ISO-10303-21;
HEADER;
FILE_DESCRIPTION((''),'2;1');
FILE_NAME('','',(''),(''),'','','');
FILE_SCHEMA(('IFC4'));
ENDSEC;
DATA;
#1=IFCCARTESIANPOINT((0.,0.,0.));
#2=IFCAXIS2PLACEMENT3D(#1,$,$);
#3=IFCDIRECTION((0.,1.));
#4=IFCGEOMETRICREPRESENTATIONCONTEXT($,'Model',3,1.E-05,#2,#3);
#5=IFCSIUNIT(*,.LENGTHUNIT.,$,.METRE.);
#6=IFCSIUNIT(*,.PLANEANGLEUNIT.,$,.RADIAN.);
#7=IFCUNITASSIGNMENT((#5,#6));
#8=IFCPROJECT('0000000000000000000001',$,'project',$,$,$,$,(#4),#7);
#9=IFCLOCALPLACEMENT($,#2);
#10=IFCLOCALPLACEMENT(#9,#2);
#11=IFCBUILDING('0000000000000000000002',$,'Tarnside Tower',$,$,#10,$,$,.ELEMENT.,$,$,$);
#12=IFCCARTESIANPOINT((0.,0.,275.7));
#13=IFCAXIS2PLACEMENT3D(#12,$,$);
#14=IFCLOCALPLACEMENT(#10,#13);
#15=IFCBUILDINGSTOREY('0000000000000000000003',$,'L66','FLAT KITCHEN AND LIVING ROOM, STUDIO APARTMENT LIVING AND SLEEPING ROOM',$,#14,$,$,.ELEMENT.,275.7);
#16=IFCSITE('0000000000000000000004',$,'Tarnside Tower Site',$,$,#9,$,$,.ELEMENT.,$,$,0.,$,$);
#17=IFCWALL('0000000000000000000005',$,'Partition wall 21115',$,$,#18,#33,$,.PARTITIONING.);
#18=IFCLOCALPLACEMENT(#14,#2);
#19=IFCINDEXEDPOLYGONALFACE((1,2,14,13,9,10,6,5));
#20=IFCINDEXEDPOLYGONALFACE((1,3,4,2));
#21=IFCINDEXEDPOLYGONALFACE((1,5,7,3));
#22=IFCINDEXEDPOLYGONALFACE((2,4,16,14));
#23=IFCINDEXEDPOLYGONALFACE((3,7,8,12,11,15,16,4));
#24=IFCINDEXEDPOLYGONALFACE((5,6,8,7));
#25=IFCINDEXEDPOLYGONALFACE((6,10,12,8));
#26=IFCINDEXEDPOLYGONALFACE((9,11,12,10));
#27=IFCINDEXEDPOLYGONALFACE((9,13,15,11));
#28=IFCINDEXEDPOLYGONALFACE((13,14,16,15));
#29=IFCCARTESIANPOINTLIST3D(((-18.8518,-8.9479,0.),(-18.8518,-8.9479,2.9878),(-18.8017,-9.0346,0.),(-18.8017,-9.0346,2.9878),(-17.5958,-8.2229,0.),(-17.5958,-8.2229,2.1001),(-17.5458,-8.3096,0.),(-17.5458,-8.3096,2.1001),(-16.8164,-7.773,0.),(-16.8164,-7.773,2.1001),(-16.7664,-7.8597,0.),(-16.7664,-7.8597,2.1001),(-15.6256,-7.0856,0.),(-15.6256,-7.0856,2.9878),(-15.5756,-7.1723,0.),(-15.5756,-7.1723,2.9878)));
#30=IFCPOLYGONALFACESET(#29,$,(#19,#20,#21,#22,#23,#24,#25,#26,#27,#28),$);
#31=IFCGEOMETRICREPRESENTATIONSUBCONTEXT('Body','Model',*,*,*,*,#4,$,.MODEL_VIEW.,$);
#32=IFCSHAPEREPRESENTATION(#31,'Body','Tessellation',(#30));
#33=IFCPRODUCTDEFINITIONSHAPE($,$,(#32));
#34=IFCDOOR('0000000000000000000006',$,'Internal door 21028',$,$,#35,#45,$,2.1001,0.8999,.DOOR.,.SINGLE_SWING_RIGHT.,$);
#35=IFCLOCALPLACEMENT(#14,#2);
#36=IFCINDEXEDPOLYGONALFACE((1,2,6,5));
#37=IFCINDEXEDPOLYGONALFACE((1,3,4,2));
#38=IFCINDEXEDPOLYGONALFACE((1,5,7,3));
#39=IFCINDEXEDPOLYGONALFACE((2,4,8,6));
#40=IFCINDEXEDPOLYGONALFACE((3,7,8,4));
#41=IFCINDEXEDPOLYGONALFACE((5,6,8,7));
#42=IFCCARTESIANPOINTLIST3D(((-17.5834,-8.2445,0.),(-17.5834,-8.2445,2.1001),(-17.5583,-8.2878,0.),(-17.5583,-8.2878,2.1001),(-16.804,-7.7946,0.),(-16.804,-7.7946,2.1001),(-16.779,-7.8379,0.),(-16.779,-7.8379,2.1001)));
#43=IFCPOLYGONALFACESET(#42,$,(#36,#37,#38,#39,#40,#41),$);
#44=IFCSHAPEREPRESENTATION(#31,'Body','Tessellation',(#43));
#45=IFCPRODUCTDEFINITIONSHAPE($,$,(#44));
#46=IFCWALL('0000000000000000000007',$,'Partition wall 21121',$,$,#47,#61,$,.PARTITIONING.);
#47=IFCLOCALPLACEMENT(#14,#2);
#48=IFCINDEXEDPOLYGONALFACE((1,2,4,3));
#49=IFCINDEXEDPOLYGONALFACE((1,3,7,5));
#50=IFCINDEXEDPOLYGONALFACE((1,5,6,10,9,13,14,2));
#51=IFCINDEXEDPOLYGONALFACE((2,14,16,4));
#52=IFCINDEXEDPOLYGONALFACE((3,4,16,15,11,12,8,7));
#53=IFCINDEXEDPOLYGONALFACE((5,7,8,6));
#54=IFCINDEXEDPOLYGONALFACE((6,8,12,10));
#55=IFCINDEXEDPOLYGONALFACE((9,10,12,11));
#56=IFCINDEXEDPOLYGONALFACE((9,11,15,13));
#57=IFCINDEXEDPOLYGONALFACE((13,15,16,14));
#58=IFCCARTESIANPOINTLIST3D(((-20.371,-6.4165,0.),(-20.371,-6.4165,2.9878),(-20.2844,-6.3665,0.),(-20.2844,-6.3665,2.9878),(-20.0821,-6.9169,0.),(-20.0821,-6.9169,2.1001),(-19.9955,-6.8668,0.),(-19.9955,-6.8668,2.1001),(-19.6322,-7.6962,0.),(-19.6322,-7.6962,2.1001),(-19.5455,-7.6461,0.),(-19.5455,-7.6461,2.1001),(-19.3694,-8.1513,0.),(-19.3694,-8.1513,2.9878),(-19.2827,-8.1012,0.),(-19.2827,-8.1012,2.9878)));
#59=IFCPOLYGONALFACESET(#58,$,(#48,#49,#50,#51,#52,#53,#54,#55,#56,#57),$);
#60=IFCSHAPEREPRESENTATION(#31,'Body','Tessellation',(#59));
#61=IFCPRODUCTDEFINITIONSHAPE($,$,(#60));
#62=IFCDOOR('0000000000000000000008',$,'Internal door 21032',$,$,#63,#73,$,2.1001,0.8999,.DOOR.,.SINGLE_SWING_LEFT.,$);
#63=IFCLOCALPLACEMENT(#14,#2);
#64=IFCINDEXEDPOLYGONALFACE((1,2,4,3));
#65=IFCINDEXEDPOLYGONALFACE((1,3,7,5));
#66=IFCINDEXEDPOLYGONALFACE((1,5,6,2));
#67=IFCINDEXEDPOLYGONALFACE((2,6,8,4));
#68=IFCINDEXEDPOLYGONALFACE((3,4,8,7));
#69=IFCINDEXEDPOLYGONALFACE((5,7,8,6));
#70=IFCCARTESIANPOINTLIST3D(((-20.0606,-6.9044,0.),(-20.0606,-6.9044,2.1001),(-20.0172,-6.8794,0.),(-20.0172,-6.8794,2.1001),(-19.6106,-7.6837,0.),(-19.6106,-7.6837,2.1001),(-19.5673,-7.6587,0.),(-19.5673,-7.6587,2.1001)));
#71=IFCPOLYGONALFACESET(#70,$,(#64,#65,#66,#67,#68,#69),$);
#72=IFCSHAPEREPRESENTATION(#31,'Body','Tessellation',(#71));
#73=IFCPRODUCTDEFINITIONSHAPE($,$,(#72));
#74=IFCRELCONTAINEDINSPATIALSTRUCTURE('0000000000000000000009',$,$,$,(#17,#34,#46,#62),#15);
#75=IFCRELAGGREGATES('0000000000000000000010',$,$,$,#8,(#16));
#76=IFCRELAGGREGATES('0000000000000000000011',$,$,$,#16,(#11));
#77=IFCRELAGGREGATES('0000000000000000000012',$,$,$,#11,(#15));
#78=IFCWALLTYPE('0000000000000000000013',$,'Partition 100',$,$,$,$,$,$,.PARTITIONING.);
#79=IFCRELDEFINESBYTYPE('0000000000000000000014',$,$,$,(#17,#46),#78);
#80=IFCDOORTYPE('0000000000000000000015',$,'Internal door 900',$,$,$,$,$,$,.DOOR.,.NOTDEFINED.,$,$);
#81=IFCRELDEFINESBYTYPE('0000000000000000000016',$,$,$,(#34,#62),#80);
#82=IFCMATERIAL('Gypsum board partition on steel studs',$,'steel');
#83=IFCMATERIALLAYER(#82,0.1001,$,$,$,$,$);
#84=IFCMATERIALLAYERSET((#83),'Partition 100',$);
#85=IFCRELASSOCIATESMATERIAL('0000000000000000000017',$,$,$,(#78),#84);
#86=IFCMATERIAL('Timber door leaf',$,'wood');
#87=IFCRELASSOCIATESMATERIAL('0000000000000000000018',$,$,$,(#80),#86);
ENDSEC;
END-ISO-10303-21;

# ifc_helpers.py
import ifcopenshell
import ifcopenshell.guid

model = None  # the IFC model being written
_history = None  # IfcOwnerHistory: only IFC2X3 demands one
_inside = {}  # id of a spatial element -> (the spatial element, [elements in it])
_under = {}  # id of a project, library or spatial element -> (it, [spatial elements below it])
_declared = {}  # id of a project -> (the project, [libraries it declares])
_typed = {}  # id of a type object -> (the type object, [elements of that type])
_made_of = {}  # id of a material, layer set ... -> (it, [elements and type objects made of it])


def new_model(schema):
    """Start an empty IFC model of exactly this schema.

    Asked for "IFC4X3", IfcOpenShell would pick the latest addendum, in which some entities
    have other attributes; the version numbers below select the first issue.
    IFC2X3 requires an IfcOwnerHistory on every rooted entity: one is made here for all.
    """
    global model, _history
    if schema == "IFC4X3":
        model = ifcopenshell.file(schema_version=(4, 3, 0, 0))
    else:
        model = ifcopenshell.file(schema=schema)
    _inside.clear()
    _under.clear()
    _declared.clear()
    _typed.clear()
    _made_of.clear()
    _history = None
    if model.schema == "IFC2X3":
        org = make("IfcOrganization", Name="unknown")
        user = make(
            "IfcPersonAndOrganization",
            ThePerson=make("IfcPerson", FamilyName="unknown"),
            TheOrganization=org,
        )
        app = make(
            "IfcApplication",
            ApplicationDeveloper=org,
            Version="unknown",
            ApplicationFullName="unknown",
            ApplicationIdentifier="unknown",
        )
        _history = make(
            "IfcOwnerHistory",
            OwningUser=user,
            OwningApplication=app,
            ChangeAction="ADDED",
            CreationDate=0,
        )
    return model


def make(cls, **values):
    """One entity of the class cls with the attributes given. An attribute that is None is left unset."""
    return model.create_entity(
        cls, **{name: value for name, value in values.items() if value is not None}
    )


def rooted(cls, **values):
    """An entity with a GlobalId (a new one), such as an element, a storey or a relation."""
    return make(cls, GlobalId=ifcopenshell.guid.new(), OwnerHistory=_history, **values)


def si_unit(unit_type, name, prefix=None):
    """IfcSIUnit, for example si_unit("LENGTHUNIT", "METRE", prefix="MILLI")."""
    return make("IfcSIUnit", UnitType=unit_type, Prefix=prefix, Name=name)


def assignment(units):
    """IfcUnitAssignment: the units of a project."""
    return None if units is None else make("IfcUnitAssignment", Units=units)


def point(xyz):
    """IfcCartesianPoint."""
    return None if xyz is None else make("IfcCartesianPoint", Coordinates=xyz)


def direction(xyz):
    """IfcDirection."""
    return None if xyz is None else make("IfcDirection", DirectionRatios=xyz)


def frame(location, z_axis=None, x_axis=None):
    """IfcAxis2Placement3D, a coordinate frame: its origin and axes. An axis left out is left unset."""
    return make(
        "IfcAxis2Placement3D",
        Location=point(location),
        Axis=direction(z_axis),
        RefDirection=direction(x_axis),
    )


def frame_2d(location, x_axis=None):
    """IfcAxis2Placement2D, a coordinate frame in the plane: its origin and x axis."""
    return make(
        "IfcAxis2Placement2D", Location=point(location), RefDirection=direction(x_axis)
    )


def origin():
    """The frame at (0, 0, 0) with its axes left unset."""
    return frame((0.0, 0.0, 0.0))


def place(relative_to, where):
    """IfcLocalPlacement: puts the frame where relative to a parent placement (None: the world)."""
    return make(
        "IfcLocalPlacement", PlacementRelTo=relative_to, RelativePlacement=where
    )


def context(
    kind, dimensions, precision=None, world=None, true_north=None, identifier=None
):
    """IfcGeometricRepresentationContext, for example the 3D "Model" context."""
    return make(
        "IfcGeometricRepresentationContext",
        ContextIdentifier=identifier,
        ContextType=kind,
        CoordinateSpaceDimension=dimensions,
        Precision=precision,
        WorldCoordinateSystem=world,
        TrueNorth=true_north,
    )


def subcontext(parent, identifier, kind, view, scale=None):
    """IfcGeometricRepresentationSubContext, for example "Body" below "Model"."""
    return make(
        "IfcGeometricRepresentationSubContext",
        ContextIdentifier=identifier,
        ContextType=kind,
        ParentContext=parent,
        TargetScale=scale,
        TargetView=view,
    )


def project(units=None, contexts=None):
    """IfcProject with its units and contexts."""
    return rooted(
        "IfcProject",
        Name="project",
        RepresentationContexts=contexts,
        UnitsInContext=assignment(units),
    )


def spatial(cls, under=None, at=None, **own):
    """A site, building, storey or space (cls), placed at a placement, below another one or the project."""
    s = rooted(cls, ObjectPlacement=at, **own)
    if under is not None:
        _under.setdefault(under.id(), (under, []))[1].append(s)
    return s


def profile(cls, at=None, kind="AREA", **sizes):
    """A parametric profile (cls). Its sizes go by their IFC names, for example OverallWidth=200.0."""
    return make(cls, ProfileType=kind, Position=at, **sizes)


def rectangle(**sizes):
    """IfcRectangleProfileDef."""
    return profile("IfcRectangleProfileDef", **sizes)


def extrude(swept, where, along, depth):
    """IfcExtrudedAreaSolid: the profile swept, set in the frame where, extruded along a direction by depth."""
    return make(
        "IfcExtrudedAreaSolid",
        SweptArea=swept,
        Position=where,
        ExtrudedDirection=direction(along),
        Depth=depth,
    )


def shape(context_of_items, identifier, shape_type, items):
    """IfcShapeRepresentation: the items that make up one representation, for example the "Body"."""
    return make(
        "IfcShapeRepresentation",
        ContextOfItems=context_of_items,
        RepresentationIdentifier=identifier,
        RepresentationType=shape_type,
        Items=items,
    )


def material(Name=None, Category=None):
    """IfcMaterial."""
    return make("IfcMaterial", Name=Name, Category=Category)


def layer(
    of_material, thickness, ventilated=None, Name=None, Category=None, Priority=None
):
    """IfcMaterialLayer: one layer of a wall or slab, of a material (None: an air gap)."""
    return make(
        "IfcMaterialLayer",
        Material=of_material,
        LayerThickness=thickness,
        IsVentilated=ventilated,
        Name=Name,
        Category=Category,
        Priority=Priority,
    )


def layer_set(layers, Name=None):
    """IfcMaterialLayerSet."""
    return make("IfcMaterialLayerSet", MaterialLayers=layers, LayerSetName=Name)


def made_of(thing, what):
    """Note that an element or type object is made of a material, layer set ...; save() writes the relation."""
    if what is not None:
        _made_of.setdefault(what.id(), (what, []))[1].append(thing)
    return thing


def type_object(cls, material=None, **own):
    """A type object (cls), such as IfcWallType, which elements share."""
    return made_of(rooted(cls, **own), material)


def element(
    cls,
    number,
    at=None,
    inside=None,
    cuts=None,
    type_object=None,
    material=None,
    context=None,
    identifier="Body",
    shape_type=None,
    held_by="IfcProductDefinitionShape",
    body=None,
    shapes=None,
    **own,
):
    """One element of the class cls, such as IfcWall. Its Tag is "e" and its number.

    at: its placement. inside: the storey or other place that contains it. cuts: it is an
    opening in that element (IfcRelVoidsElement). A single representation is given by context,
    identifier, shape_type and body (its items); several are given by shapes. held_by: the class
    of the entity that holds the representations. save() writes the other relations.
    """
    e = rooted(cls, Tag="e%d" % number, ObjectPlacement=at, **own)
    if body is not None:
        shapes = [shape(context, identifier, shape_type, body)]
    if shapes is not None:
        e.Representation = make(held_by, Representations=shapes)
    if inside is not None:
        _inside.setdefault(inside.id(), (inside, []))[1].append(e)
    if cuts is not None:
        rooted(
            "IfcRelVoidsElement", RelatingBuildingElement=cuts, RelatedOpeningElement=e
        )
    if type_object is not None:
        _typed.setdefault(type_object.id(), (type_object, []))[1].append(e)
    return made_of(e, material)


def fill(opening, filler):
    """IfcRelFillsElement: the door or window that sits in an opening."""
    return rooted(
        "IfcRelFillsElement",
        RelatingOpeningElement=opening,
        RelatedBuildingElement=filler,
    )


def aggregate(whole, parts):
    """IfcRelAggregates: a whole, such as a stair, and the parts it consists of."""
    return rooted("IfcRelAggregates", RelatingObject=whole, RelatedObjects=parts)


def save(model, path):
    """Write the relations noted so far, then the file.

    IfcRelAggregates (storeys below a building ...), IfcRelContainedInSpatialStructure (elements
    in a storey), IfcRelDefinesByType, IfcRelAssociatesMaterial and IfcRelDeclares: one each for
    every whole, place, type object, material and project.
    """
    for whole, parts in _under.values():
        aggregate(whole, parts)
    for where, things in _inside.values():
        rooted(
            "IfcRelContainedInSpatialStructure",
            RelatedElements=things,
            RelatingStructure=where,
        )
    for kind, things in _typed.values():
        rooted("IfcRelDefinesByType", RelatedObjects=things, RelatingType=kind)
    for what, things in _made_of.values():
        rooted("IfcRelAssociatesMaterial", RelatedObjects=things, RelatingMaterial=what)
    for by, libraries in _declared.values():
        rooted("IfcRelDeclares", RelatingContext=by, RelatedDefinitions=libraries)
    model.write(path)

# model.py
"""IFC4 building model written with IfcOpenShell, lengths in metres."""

from ifc_helpers import new_model, si_unit, direction, frame, frame_2d, origin, place, context, subcontext, project, spatial, rectangle, extrude, material, layer, layer_set, type_object, element, fill, save


model = new_model("IFC4")

# Units and contexts
model_context = context("Model", 3, precision=1e-05, world=origin(), true_north=direction((0.0, 1.0)))
body_context = subcontext(model_context, "Body", "Model", "MODEL_VIEW")
ifc_project = project(units=[si_unit("LENGTHUNIT", "METRE"), si_unit("PLANEANGLEUNIT", "RADIAN")], contexts=[model_context])

# Site, building, storey
site_placement = place(None, origin())
site = spatial("IfcSite", under=ifc_project, at=site_placement, Name="Tarnside Tower Site", CompositionType="ELEMENT", RefElevation=0.0)
building_placement = place(site_placement, origin())
building = spatial("IfcBuilding", under=site, at=building_placement, Name="Tarnside Tower", CompositionType="ELEMENT")
storey_placement = place(building_placement, frame((0.0, 0.0, 275.7)))
storey = spatial("IfcBuildingStorey", under=building, at=storey_placement, Name="L66", Description="FLAT KITCHEN AND LIVING ROOM, STUDIO APARTMENT LIVING AND SLEEPING ROOM", CompositionType="ELEMENT", Elevation=275.7)

# Shared definitions
ifc_material_1 = material(Name="Gypsum board partition on steel studs", Category="steel")
ifc_material_2 = material(Name="Timber door leaf", Category="wood")

# Walls, openings, doors
ifc_layer_1 = layer(ifc_material_1, 0.1001)
ifc_layer_set_1 = layer_set([ifc_layer_1], Name="Partition 100")
wall_type_1 = type_object("IfcWallType", Name="Partition 100", PredefinedType="PARTITIONING", material=ifc_layer_set_1)
wall_1_placement = place(storey_placement, frame((-15.6006, -7.1289, 0.0), z_axis=(0.0, 0.0, 1.0), x_axis=(-0.866057, -0.499946, 0.0)))
wall_1 = element("IfcWall", 1, at=wall_1_placement, inside=storey, type_object=wall_type_1, Name="Partition wall 21115", PredefinedType="PARTITIONING", context=body_context, shape_type="SweptSolid", body=[
    extrude(rectangle(XDim=3.7251, YDim=0.1001, at=frame_2d((1.8625, 0.0))), origin(), (0.0, 0.0, 1.0), 2.9878),
])
opening_1_placement = place(wall_1_placement, frame((1.375, 0.0, 0.0)))
opening_1 = element("IfcOpeningElement", 2, at=opening_1_placement, cuts=wall_1, PredefinedType="OPENING", context=body_context, shape_type="SweptSolid", body=[
    extrude(rectangle(XDim=0.8999, YDim=2.1001, at=frame_2d((0.45, 1.05))), frame((0.0, 0.0601, 0.0), z_axis=(0.0, -1.0, 0.0), x_axis=(1.0, 0.0, 0.0)), (0.0, 0.0, 1.0), 0.1201),
])
door_type_1 = type_object("IfcDoorType", Name="Internal door 900", OperationType="NOTDEFINED", PredefinedType="DOOR", material=ifc_material_2)
door_1_placement = place(opening_1_placement, origin())
door_1 = element("IfcDoor", 3, at=door_1_placement, inside=storey, type_object=door_type_1, Name="Internal door 21028", OperationType="SINGLE_SWING_RIGHT", OverallHeight=2.1001, OverallWidth=0.8999, PredefinedType="DOOR", context=body_context, shape_type="SweptSolid", body=[
    extrude(rectangle(XDim=0.8999, YDim=2.1001, at=frame_2d((0.45, 1.05))), frame((0.0, 0.0249, 0.0), z_axis=(0.0, -1.0, 0.0), x_axis=(1.0, 0.0, 0.0)), (0.0, 0.0, 1.0), 0.05),
])
fill(opening_1, door_1)
wall_2_placement = place(storey_placement, frame((-20.3276, -6.3916, 0.0), z_axis=(0.0, 0.0, 1.0), x_axis=(0.500032, -0.866007, 0.0)))
wall_2 = element("IfcWall", 4, at=wall_2_placement, inside=storey, type_object=wall_type_1, Name="Partition wall 21121", PredefinedType="PARTITIONING", context=body_context, shape_type="SweptSolid", body=[
    extrude(rectangle(XDim=2.0032, YDim=0.1001, at=frame_2d((1.0015, 0.0))), origin(), (0.0, 0.0, 1.0), 2.9878),
])
opening_2_placement = place(wall_2_placement, frame((0.5776, 0.0, 0.0)))
opening_2 = element("IfcOpeningElement", 5, at=opening_2_placement, cuts=wall_2, PredefinedType="OPENING", context=body_context, shape_type="SweptSolid", body=[
    extrude(rectangle(XDim=0.8999, YDim=2.1001, at=frame_2d((0.45, 1.05))), frame((0.0, 0.0601, 0.0), z_axis=(0.0, -1.0, 0.0), x_axis=(1.0, 0.0, 0.0)), (0.0, 0.0, 1.0), 0.1201),
])
door_2_placement = place(opening_2_placement, origin())
door_2 = element("IfcDoor", 6, at=door_2_placement, inside=storey, type_object=door_type_1, Name="Internal door 21032", OperationType="SINGLE_SWING_LEFT", OverallHeight=2.1001, OverallWidth=0.8999, PredefinedType="DOOR", context=body_context, shape_type="SweptSolid", body=[
    extrude(rectangle(XDim=0.8999, YDim=2.1001, at=frame_2d((0.45, 1.05))), frame((0.0, 0.0249, 0.0), z_axis=(0.0, -1.0, 0.0), x_axis=(1.0, 0.0, 0.0)), (0.0, 0.0, 1.0), 0.05),
])
fill(opening_2, door_2)

save(model, "model.ifc")
